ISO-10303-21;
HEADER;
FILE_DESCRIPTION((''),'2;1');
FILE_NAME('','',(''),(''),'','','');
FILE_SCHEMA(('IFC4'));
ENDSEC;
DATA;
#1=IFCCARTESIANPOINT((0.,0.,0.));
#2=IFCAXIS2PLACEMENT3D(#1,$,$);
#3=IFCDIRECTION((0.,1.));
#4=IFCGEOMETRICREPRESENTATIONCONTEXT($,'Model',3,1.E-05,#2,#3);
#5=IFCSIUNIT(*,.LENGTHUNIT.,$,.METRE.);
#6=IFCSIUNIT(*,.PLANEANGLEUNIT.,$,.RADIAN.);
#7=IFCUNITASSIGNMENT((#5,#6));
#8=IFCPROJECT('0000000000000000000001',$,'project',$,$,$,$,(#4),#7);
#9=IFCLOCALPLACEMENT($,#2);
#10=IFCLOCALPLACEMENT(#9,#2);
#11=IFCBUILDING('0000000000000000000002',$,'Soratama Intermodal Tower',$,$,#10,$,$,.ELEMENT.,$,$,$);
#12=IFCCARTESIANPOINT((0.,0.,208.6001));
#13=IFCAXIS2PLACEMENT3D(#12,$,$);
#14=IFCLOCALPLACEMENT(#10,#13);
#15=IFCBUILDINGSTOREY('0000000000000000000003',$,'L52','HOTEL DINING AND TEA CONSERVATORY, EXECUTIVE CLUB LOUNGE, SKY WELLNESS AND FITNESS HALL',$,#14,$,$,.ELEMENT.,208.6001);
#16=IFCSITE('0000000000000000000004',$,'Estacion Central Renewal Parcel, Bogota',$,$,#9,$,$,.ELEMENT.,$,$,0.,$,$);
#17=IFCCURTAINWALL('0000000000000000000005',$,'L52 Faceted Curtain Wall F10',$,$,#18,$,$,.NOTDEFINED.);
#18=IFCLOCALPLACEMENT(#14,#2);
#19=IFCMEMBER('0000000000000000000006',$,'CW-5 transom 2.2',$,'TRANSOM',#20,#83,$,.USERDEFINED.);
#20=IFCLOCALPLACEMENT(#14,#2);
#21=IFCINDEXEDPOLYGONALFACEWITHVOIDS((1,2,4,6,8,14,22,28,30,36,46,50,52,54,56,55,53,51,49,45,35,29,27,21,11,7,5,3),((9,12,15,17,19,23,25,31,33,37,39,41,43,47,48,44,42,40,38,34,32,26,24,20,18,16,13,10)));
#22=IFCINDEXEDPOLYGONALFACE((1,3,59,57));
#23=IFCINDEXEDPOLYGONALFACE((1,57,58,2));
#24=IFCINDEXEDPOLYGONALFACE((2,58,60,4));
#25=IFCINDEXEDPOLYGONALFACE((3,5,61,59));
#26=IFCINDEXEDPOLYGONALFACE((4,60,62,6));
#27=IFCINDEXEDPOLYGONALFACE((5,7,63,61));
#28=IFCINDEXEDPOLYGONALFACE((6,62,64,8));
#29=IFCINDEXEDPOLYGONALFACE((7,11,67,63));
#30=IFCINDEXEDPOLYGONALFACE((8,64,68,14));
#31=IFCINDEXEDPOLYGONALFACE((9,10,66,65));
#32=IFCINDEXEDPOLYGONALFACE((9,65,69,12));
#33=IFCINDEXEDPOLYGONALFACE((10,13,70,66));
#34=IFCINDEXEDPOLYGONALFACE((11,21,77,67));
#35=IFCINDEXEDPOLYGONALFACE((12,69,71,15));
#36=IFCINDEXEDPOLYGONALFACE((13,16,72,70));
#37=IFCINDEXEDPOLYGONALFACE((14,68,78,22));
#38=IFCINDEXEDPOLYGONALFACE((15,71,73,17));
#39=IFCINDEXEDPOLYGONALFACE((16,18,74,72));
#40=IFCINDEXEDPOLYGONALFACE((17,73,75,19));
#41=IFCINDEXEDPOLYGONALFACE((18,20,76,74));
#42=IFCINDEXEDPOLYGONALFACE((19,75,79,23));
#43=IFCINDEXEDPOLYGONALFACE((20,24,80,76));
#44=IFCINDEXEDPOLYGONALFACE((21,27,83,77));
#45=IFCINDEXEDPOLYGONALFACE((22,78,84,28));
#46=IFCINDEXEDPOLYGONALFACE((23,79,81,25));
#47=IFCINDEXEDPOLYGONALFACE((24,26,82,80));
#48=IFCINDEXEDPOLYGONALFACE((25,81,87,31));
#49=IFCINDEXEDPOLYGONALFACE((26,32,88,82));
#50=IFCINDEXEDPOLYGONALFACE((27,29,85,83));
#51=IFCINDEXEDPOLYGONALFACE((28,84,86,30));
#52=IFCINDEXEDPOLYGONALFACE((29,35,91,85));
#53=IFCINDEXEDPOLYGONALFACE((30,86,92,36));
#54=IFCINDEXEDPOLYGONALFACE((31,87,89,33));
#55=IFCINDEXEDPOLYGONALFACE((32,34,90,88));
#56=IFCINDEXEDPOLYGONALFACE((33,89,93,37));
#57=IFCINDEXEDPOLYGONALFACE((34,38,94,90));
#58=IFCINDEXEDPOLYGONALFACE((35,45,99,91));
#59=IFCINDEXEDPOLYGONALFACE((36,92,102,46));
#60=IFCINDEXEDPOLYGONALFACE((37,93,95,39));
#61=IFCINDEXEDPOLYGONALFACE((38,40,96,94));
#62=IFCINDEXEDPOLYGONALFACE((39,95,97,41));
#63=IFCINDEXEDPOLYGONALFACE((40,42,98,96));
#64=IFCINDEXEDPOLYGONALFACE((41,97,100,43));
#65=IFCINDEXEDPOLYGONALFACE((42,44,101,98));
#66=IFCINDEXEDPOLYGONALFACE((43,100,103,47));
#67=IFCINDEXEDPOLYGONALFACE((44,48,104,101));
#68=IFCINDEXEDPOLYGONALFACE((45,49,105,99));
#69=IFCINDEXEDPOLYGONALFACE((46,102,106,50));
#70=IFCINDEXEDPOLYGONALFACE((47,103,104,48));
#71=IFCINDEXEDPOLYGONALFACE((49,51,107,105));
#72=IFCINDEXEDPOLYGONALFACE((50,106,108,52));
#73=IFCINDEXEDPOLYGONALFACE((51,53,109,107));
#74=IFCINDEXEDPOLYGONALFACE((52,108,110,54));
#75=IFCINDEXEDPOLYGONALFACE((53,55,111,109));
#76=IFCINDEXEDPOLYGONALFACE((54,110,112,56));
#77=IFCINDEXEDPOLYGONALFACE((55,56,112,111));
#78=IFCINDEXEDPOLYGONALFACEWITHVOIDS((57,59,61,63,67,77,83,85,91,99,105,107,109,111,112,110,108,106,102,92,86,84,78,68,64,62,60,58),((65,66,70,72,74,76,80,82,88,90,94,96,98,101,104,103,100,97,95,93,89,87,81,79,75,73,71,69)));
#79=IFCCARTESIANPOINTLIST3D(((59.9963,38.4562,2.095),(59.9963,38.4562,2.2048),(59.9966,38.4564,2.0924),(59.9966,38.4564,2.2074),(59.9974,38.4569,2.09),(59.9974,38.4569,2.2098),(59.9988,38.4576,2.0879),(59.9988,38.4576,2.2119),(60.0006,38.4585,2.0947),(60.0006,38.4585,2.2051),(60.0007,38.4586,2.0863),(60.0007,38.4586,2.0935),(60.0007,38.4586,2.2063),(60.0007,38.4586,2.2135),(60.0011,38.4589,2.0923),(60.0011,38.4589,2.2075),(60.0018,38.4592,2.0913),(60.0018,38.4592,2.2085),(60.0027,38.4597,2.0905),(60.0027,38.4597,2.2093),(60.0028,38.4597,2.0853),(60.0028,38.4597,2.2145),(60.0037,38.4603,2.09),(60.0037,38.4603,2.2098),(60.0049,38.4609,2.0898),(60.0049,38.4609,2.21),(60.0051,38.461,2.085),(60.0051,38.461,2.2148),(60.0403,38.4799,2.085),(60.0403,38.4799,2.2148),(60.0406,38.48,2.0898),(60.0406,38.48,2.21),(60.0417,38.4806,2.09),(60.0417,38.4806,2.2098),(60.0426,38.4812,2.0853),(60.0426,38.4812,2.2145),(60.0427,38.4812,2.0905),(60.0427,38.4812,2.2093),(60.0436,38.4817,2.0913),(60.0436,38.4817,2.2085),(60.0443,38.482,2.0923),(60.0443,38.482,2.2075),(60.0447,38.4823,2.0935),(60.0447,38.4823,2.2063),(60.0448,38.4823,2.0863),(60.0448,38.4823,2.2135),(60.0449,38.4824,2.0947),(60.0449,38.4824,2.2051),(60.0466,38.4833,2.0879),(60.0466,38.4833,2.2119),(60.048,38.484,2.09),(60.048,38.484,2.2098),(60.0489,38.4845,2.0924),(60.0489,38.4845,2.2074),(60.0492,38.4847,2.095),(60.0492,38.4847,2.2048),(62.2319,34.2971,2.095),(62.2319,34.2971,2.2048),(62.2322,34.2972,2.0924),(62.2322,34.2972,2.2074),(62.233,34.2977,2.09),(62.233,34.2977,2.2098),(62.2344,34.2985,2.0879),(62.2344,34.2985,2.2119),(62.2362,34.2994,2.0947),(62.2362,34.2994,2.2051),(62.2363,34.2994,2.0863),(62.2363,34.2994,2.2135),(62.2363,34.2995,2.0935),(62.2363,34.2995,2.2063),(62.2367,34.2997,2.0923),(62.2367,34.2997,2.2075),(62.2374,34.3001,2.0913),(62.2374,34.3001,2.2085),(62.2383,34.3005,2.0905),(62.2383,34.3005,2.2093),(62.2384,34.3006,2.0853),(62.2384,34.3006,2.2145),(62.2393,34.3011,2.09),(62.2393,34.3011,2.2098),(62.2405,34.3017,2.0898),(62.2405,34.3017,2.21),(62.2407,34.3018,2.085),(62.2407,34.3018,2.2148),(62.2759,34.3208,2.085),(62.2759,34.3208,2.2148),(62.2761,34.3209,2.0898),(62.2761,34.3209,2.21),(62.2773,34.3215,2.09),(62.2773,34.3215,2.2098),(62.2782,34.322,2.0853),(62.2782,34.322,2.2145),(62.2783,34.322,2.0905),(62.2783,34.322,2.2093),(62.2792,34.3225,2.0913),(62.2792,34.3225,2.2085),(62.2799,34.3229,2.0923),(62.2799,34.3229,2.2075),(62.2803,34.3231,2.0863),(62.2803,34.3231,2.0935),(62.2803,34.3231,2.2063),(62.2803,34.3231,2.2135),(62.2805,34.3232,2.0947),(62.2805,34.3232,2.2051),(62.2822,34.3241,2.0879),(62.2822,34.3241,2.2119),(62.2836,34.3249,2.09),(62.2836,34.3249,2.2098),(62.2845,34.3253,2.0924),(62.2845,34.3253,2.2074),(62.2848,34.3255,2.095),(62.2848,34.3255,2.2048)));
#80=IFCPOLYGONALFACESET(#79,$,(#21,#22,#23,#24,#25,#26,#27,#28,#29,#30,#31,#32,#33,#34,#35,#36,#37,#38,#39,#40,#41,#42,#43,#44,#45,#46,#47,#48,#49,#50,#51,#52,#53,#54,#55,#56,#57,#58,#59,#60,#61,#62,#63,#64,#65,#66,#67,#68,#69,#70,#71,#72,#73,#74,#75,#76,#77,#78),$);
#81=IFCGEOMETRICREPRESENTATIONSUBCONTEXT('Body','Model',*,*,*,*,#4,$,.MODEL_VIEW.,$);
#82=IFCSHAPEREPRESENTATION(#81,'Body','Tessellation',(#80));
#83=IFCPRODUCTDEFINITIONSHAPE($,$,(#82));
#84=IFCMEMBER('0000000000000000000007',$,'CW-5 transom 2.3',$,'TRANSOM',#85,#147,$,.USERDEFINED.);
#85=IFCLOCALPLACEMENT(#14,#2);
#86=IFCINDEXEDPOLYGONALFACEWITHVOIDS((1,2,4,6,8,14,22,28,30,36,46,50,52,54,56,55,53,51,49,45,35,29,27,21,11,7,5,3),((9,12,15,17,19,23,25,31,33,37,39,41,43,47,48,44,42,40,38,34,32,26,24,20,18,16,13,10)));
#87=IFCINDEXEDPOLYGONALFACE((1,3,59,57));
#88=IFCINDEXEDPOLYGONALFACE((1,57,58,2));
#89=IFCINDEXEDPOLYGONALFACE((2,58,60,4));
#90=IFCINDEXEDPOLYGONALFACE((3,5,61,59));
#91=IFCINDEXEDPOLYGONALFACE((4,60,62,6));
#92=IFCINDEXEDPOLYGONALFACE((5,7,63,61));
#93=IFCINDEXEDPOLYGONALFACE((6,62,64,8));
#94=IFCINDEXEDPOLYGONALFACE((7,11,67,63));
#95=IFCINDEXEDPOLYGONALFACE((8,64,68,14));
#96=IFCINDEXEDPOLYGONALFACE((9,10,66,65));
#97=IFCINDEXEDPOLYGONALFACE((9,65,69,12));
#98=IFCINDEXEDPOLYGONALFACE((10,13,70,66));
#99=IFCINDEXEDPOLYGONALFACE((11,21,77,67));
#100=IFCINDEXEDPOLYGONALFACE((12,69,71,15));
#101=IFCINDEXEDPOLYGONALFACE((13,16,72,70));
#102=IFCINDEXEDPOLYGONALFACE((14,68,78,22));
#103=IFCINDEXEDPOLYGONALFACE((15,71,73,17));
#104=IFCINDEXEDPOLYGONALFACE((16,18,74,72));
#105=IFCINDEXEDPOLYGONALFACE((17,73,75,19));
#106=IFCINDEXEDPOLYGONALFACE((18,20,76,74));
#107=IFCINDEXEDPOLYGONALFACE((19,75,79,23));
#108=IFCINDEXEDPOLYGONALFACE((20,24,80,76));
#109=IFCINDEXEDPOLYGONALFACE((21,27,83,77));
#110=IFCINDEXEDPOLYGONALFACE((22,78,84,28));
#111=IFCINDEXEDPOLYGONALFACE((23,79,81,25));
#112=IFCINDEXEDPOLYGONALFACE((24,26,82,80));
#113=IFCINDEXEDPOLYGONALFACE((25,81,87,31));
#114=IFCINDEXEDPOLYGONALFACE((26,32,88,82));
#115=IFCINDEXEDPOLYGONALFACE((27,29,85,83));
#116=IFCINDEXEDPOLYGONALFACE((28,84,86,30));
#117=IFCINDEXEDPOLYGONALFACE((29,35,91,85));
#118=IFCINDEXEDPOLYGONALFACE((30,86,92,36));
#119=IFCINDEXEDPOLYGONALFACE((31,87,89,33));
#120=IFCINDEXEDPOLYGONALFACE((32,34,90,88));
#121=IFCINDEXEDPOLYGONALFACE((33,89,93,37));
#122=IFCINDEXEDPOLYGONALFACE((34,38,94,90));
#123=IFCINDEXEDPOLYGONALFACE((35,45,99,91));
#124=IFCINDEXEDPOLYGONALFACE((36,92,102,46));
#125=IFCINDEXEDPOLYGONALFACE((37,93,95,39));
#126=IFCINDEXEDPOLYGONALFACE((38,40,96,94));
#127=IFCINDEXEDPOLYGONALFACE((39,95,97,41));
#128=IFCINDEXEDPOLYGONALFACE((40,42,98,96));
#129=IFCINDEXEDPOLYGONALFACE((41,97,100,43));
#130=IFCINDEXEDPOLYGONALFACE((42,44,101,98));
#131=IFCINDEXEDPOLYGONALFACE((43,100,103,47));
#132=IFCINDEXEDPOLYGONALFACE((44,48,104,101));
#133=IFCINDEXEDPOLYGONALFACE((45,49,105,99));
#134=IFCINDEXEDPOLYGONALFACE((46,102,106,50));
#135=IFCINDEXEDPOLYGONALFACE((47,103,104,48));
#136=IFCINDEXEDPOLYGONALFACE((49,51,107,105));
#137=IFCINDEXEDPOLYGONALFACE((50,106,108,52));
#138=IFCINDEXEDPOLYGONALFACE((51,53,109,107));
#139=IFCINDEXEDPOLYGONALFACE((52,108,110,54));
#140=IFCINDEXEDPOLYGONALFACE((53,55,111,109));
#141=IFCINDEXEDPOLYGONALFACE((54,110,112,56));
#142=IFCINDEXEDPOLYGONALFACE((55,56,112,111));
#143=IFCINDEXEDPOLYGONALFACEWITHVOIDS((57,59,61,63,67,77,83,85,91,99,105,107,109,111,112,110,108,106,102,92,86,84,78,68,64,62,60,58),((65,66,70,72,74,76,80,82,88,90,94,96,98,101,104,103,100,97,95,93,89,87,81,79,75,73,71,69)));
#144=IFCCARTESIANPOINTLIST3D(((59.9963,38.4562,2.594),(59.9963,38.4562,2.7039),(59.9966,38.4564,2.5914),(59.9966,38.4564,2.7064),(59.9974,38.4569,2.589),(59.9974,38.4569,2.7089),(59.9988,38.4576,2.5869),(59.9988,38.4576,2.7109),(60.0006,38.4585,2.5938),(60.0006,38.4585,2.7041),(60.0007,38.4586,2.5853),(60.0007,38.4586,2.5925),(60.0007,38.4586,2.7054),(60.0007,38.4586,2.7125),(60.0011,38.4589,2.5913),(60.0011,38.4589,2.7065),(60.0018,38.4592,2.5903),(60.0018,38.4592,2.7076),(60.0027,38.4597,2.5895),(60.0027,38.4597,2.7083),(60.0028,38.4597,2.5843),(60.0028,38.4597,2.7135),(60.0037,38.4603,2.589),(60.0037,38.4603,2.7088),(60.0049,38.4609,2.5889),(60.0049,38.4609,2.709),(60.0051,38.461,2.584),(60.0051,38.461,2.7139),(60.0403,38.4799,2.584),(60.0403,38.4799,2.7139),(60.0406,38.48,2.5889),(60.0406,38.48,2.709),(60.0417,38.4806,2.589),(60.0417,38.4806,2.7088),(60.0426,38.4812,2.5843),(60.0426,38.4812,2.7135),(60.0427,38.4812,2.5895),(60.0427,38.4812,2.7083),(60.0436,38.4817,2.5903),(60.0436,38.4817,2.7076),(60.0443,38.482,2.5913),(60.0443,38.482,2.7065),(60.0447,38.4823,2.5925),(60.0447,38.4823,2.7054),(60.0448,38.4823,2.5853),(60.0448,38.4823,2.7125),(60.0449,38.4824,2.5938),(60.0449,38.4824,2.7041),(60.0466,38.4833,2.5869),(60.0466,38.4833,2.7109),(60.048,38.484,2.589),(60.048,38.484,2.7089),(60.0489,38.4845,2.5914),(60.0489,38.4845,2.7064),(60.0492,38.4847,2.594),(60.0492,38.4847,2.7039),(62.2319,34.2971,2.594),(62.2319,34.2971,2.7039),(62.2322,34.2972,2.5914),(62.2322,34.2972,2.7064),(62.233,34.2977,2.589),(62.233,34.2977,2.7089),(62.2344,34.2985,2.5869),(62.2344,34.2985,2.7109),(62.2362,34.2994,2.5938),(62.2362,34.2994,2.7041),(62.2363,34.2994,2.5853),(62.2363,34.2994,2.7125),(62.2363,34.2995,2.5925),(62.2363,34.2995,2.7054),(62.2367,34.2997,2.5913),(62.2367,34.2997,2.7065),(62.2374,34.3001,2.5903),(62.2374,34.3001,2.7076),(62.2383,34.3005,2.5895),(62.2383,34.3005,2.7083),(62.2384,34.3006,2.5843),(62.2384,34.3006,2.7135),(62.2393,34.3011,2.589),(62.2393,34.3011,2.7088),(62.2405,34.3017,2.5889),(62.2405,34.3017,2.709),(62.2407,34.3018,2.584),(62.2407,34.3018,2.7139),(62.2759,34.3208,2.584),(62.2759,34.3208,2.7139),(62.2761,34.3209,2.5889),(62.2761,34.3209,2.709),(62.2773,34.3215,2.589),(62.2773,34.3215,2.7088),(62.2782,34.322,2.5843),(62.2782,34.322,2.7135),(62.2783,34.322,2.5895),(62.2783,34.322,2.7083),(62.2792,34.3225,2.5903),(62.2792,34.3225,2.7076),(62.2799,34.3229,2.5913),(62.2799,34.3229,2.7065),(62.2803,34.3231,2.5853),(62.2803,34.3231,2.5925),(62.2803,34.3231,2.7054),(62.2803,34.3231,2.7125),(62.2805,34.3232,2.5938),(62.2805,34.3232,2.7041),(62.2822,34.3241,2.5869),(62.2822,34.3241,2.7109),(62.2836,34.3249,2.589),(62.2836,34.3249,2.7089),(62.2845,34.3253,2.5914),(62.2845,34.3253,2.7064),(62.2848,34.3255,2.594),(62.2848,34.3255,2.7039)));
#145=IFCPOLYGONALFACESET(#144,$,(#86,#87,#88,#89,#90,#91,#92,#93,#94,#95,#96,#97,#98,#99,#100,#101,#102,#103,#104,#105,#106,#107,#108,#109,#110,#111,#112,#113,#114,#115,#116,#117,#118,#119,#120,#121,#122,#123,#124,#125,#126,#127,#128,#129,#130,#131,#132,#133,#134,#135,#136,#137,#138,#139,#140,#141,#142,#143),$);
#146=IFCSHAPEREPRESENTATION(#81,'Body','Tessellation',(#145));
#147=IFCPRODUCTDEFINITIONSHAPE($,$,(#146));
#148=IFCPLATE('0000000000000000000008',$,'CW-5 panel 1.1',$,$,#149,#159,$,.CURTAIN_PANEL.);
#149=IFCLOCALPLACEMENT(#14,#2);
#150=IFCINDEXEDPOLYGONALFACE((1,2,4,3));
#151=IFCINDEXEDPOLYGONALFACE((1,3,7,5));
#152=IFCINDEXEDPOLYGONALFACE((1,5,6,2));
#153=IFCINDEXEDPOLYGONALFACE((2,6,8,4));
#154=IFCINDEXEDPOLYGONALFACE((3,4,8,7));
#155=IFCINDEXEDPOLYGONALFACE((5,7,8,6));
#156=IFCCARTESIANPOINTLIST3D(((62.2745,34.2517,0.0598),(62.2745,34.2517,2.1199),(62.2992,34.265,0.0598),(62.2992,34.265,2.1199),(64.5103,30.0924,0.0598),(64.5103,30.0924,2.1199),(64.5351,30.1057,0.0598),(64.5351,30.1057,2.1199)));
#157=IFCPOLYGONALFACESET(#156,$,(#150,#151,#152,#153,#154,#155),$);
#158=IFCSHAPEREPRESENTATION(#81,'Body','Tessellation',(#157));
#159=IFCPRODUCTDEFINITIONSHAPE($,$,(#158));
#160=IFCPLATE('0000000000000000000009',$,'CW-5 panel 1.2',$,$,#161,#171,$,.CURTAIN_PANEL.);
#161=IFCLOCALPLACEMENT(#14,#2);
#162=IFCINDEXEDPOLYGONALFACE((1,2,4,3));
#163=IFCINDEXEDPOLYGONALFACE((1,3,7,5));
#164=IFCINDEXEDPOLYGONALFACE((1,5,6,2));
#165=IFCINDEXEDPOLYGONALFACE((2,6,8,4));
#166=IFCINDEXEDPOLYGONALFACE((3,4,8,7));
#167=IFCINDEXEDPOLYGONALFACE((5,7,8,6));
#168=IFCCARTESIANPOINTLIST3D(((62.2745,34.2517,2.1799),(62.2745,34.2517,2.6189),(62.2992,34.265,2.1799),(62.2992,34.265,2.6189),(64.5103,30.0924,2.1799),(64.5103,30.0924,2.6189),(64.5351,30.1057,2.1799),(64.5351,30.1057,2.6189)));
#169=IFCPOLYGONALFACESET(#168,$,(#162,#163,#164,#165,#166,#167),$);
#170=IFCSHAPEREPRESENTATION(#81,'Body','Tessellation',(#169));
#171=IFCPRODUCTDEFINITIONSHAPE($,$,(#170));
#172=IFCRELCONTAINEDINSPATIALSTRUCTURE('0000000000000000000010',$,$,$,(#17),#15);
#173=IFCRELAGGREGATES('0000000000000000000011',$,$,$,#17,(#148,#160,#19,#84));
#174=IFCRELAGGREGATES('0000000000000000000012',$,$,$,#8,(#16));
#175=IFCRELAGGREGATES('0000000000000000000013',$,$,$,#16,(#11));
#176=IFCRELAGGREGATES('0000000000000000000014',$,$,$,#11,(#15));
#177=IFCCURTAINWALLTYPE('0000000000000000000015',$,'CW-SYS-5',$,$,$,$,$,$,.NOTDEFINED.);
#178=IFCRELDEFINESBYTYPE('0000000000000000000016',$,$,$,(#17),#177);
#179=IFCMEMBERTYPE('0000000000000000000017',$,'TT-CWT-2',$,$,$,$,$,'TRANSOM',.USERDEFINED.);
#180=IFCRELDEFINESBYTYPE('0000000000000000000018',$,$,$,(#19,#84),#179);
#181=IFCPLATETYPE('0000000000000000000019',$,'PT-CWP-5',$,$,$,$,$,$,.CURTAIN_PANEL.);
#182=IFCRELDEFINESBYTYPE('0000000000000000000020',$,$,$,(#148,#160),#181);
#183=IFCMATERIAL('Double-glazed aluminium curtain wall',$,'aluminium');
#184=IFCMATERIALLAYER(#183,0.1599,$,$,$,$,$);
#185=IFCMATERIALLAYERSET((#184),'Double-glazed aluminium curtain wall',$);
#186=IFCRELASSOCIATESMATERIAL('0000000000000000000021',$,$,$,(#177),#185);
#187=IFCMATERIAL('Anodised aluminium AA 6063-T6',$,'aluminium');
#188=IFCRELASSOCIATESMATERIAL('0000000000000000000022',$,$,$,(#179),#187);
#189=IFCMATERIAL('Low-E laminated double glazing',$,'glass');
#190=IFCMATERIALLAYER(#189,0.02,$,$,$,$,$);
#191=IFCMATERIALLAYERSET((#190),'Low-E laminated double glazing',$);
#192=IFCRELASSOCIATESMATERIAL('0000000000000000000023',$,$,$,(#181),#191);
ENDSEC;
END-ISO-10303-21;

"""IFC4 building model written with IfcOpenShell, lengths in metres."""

from ifc_helpers import new_model, si_unit, direction, frame, origin, origin_2d, place, context, subcontext, project, spatial, rectangle, hollow_rectangle, extrude, material, layer, layer_set, material_profile, profile_set, type_object, element, aggregate, save


model = new_model("IFC4")

# Units and contexts
model_context = context("Model", 3, precision=1e-05, world=origin(), true_north=direction((0.0, 1.0)))
body_context = subcontext(model_context, "Body", "Model", "MODEL_VIEW")
ifc_project = project(units=[si_unit("LENGTHUNIT", "METRE"), si_unit("PLANEANGLEUNIT", "RADIAN")], contexts=[model_context])

# Site, building, storey
site_placement = place(None, origin())
site = spatial("IfcSite", under=ifc_project, at=site_placement, Name="Estacion Central Renewal Parcel, Bogota", CompositionType="ELEMENT", RefElevation=0.0)
building_placement = place(site_placement, origin())
building = spatial("IfcBuilding", under=site, at=building_placement, Name="Soratama Intermodal Tower", CompositionType="ELEMENT")
storey_placement = place(building_placement, frame((0.0, 0.0, 208.6001)))
storey = spatial("IfcBuildingStorey", under=building, at=storey_placement, Name="L52", Description="HOTEL DINING AND TEA CONSERVATORY, EXECUTIVE CLUB LOUNGE, SKY WELLNESS AND FITNESS HALL", CompositionType="ELEMENT", Elevation=208.6001)

# Curtain wall, members, plates
ifc_material_1 = material(Name="Double-glazed aluminium curtain wall", Category="aluminium")
ifc_layer_1 = layer(ifc_material_1, 0.1599)
ifc_layer_set_1 = layer_set([ifc_layer_1], Name="Double-glazed aluminium curtain wall")
curtain_wall_type = type_object("IfcCurtainWallType", Name="CW-SYS-5", PredefinedType="NOTDEFINED", material=ifc_layer_set_1)
curtain_wall_placement = place(storey_placement, origin())
curtain_wall = element("IfcCurtainWall", 1, at=curtain_wall_placement, inside=storey, type_object=curtain_wall_type, Name="L52 Faceted Curtain Wall F10", PredefinedType="NOTDEFINED")
ifc_material_2 = material(Name="Anodised aluminium AA 6063-T6", Category="aluminium")
ifc_material_profile_1 = material_profile(ifc_material_2, hollow_rectangle(XDim=0.0601, YDim=0.1299, WallThickness=0.0049, InnerFilletRadius=0.0049, OuterFilletRadius=0.01, at=origin_2d()), Name="CWT130X60X5")
ifc_profile_set_1 = profile_set([ifc_material_profile_1], Name="Anodised aluminium AA 6063-T6")
member_type_1 = type_object("IfcMemberType", Name="TT-CWT-2", ElementType="TRANSOM", PredefinedType="USERDEFINED", material=ifc_profile_set_1)
member_1_placement = place(storey_placement, frame((62.2583, 34.3113, 2.1499), z_axis=(-0.473449, 0.880821, 0.0), x_axis=(-0.880821, -0.473449, 0.0)))
member_1 = element("IfcMember", 2, at=member_1_placement, type_object=member_type_1, Name="CW-5 transom 2.2", ObjectType="TRANSOM", PredefinedType="USERDEFINED", context=body_context, shape_type="SweptSolid", body=[
    extrude(hollow_rectangle(XDim=0.0601, YDim=0.1299, WallThickness=0.0049, InnerFilletRadius=0.0049, OuterFilletRadius=0.01, at=origin_2d()), origin(), (0.0, 0.0, 1.0), 4.7219),
])
member_2_placement = place(storey_placement, frame((62.2583, 34.3113, 2.6489), z_axis=(-0.473449, 0.880821, 0.0), x_axis=(-0.880821, -0.473449, 0.0)))
member_2 = element("IfcMember", 3, at=member_2_placement, type_object=member_type_1, Name="CW-5 transom 2.3", ObjectType="TRANSOM", PredefinedType="USERDEFINED", context=body_context, shape_type="SweptSolid", body=[
    extrude(hollow_rectangle(XDim=0.0601, YDim=0.1299, WallThickness=0.0049, InnerFilletRadius=0.0049, OuterFilletRadius=0.01, at=origin_2d()), origin(), (0.0, 0.0, 1.0), 4.7219),
])
ifc_material_3 = material(Name="Low-E laminated double glazing", Category="glass")
ifc_layer_2 = layer(ifc_material_3, 0.02)
ifc_layer_set_2 = layer_set([ifc_layer_2], Name="Low-E laminated double glazing")
plate_type = type_object("IfcPlateType", Name="PT-CWP-5", PredefinedType="CURTAIN_PANEL", material=ifc_layer_set_2)
plate_1_placement = place(storey_placement, frame((63.4048, 32.1787, 0.0598), z_axis=(0.0, 0.0, 1.0), x_axis=(-0.473476, 0.880807, 0.0)))
plate_1 = element("IfcPlate", 4, at=plate_1_placement, type_object=plate_type, Name="CW-5 panel 1.1", PredefinedType="CURTAIN_PANEL", context=body_context, shape_type="SweptSolid", body=[
    extrude(rectangle(XDim=4.7222, YDim=0.0281, at=origin_2d()), origin(), (0.0, 0.0, 1.0), 2.0601),
])
plate_2_placement = place(storey_placement, frame((63.4048, 32.1787, 2.1799), z_axis=(0.0, 0.0, 1.0), x_axis=(-0.473476, 0.880807, 0.0)))
plate_2 = element("IfcPlate", 5, at=plate_2_placement, type_object=plate_type, Name="CW-5 panel 1.2", PredefinedType="CURTAIN_PANEL", context=body_context, shape_type="SweptSolid", body=[
    extrude(rectangle(XDim=4.7222, YDim=0.0281, at=origin_2d()), origin(), (0.0, 0.0, 1.0), 0.439),
])
aggregate(curtain_wall, [plate_1, plate_2, member_1, member_2])

save(model, "model.ifc")
